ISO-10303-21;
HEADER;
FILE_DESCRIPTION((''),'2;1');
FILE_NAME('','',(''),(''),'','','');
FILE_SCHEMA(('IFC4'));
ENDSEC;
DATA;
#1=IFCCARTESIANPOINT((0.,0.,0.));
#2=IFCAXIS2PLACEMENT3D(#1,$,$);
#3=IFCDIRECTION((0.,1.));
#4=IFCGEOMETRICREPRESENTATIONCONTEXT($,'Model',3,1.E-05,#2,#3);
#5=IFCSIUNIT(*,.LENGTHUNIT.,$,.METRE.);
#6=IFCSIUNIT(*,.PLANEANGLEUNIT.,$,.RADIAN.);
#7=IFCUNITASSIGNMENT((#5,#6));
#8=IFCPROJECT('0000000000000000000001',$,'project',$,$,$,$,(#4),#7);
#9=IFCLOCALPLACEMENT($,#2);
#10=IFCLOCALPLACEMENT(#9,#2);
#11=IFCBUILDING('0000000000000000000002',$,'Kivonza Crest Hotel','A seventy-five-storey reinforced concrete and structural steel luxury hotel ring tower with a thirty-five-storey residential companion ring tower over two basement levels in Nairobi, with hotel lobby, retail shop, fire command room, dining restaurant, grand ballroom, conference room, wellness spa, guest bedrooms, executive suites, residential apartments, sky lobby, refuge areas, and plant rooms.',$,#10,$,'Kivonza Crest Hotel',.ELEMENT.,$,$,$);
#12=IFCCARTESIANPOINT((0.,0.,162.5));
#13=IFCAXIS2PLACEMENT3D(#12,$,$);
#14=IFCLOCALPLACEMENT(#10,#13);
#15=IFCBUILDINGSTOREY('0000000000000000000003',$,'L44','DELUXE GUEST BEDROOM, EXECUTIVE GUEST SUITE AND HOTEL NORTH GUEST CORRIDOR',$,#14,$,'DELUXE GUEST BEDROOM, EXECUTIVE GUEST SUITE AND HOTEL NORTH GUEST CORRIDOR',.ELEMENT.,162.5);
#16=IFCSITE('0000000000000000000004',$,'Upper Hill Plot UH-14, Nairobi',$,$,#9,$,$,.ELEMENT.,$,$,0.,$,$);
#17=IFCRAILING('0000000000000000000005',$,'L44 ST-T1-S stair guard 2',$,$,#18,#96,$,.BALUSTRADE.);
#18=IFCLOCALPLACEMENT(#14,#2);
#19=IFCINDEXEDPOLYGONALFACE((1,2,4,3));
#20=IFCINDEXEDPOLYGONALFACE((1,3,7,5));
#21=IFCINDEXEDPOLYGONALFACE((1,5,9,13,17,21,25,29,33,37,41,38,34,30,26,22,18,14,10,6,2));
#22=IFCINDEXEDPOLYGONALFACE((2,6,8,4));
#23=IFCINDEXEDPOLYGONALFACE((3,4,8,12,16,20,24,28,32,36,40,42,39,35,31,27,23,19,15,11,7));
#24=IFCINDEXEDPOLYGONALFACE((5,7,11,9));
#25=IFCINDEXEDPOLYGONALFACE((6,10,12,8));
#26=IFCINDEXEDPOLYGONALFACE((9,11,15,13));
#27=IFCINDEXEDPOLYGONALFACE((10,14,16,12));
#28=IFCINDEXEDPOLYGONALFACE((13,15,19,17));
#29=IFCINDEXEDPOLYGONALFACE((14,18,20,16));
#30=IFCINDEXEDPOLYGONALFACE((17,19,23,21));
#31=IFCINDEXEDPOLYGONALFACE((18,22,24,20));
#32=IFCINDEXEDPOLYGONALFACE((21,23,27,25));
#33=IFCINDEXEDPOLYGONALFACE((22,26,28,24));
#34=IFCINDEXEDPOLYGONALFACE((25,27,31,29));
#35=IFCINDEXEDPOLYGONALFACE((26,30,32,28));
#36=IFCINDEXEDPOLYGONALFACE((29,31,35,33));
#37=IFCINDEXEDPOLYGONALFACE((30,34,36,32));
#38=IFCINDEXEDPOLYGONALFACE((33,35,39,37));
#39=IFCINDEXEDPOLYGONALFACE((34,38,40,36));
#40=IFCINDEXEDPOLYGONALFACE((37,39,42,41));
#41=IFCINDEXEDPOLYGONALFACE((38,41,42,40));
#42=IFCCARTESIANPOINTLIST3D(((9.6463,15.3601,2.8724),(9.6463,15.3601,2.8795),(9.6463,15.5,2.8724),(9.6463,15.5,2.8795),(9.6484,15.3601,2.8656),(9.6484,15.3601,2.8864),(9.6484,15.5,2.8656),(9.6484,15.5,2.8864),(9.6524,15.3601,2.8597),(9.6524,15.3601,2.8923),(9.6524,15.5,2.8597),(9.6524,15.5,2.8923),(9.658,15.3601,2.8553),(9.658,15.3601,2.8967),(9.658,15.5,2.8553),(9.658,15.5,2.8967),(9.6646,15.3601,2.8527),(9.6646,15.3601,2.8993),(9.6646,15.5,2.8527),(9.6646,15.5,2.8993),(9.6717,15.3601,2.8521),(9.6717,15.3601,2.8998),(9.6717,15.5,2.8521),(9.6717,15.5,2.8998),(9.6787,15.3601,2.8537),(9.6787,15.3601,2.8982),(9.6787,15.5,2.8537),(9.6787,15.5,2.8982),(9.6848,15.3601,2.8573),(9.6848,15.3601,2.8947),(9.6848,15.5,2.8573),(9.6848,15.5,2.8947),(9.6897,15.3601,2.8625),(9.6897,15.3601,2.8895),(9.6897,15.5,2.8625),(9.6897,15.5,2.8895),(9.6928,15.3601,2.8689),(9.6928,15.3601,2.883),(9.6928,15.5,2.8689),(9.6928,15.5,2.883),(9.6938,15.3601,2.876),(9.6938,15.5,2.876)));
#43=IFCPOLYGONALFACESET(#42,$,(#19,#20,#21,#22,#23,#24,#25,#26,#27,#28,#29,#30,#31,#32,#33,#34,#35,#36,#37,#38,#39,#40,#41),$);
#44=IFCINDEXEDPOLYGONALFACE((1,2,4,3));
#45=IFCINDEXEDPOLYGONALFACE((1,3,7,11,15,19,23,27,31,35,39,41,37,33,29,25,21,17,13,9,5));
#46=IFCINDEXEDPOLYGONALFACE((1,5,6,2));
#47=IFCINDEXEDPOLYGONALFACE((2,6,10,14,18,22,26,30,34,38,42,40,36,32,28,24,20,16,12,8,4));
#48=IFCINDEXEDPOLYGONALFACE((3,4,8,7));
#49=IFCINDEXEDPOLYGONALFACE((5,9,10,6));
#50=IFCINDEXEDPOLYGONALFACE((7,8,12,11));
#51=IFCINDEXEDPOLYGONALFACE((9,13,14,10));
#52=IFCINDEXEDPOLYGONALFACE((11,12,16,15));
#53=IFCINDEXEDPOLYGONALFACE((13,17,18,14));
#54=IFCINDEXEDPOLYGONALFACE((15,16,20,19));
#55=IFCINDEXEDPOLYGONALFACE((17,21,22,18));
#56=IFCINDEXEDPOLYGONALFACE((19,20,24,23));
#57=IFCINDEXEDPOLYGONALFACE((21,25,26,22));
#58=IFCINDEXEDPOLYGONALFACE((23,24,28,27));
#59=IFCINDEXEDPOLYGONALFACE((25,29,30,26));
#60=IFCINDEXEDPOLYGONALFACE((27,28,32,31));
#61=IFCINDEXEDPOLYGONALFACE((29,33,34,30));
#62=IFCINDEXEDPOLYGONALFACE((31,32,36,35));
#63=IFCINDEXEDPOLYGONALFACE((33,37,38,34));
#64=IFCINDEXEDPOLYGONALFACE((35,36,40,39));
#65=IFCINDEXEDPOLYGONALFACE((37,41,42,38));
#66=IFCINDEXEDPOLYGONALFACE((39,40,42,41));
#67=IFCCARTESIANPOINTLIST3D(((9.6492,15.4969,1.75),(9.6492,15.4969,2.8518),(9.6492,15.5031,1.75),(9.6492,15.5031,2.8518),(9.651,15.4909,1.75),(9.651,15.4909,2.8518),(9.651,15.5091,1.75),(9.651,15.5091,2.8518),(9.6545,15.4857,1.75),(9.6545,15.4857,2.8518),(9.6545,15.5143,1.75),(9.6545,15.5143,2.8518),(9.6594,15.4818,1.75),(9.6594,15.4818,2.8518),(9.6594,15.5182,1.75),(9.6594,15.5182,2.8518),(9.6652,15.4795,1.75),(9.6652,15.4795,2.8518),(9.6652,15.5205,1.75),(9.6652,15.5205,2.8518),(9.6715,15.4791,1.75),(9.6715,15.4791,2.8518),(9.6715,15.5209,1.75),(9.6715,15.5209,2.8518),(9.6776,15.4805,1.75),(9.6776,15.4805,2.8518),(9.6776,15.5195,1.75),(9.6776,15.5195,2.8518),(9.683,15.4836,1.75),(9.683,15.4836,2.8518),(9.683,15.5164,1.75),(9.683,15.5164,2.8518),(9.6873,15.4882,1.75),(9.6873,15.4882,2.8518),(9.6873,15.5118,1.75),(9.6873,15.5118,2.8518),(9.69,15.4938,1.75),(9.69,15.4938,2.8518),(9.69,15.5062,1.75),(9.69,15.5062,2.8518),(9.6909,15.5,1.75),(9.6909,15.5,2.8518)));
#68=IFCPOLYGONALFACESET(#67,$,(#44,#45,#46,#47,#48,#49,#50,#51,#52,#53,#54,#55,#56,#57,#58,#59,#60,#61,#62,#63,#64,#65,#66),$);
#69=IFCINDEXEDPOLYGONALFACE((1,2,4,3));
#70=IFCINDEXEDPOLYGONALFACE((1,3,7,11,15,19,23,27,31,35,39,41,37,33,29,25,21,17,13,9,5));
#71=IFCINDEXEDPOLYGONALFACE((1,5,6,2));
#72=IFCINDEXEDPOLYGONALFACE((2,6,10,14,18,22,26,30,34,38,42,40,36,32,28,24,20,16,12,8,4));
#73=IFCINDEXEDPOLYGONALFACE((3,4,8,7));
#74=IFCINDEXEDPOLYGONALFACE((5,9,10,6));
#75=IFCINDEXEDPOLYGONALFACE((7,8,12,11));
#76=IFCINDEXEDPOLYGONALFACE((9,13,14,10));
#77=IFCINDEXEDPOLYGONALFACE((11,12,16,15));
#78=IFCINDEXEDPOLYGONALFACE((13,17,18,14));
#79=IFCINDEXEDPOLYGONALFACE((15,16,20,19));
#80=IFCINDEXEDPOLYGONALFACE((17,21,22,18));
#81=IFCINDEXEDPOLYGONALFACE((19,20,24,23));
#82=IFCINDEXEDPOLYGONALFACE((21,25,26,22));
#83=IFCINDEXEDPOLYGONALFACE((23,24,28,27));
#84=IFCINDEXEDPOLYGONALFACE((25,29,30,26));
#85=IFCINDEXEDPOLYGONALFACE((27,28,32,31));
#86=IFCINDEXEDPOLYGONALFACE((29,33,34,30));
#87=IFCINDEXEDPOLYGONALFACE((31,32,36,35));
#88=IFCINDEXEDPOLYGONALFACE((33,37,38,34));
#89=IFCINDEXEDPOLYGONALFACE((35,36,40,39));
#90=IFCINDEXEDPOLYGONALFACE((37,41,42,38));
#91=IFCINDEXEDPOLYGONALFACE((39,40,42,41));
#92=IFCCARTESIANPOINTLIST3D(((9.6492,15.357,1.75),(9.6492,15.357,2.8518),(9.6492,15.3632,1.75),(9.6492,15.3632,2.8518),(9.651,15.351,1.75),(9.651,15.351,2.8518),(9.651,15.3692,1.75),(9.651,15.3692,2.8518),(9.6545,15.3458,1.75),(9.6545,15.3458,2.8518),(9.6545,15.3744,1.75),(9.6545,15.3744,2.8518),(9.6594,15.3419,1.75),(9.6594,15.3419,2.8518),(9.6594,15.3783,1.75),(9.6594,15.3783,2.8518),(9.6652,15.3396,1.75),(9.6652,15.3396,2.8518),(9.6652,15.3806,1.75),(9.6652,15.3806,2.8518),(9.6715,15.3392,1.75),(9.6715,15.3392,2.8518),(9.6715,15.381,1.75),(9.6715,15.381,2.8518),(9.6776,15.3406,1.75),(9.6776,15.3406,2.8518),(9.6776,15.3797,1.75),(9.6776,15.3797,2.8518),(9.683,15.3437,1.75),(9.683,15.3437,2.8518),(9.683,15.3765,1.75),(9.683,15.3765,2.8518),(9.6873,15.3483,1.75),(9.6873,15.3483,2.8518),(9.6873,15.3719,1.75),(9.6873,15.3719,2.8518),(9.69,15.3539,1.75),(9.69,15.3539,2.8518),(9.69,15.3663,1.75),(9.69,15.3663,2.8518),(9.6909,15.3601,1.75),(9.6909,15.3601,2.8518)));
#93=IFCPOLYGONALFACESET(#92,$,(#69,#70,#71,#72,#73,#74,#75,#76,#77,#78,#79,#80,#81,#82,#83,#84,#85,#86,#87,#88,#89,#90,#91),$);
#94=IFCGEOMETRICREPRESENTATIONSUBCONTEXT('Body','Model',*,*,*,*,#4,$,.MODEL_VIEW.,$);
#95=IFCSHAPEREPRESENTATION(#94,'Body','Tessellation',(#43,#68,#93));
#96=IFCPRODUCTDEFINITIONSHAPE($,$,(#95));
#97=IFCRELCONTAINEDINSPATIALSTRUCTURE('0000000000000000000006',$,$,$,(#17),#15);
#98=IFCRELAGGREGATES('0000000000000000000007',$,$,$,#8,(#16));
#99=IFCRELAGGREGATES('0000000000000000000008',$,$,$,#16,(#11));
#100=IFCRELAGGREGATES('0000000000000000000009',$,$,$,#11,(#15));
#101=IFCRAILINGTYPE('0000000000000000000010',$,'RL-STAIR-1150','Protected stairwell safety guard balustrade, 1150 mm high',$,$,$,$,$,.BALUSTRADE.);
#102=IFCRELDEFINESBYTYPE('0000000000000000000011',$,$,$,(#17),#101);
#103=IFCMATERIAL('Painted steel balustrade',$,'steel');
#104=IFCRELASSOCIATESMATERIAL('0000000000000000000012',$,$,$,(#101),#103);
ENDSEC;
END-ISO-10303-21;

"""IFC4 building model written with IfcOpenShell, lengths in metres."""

from ifc_helpers import new_model, si_unit, direction, frame, origin, origin_2d, place, context, subcontext, project, spatial, circle, extrude, material, type_object, element, save


model = new_model("IFC4")

# Units and contexts
model_context = context("Model", 3, precision=1e-05, world=origin(), true_north=direction((0.0, 1.0)))
body_context = subcontext(model_context, "Body", "Model", "MODEL_VIEW")
ifc_project = project(units=[si_unit("LENGTHUNIT", "METRE"), si_unit("PLANEANGLEUNIT", "RADIAN")], contexts=[model_context])

# Site, building, storey
site_placement = place(None, origin())
site = spatial("IfcSite", under=ifc_project, at=site_placement, Name="Upper Hill Plot UH-14, Nairobi", CompositionType="ELEMENT", RefElevation=0.0)
building_placement = place(site_placement, origin())
building = spatial("IfcBuilding", under=site, at=building_placement, Name="Kivonza Crest Hotel", Description="A seventy-five-storey reinforced concrete and structural steel luxury hotel ring tower with a thirty-five-storey residential companion ring tower over two basement levels in Nairobi, with hotel lobby, retail shop, fire command room, dining restaurant, grand ballroom, conference room, wellness spa, guest bedrooms, executive suites, residential apartments, sky lobby, refuge areas, and plant rooms.", LongName="Kivonza Crest Hotel", CompositionType="ELEMENT")
storey_placement = place(building_placement, frame((0.0, 0.0, 162.5)))
storey = spatial("IfcBuildingStorey", under=building, at=storey_placement, Name="L44", Description="DELUXE GUEST BEDROOM, EXECUTIVE GUEST SUITE AND HOTEL NORTH GUEST CORRIDOR", LongName="DELUXE GUEST BEDROOM, EXECUTIVE GUEST SUITE AND HOTEL NORTH GUEST CORRIDOR", CompositionType="ELEMENT", Elevation=162.5)

# Railing
ifc_material_1 = material(Name="Painted steel balustrade", Category="steel")
railing_type_1 = type_object("IfcRailingType", Name="RL-STAIR-1150", Description="Protected stairwell safety guard balustrade, 1150 mm high", PredefinedType="BALUSTRADE", material=ifc_material_1)
railing_1_placement = place(storey_placement, frame((9.6699, 15.5, 1.75)))
element("IfcRailing", 1, at=railing_1_placement, inside=storey, type_object=railing_type_1, Name="L44 ST-T1-S stair guard 2", PredefinedType="BALUSTRADE", context=body_context, shape_type="SweptSolid", body=[
    extrude(circle(Radius=0.0239, at=origin_2d()), frame((0.0, 0.0, 1.126), z_axis=(0.0, -1.0, 0.0), x_axis=(1.0, 0.0, 0.0)), (0.0, 0.0, 1.0), 0.1399),
    extrude(circle(Radius=0.021, at=origin_2d()), origin(), (0.0, 0.0, 1.0), 1.1018),
    extrude(circle(Radius=0.021, at=origin_2d()), frame((0.0, -0.1399, 0.0)), (0.0, 0.0, 1.0), 1.1018),
])

save(model, "model.ifc")
